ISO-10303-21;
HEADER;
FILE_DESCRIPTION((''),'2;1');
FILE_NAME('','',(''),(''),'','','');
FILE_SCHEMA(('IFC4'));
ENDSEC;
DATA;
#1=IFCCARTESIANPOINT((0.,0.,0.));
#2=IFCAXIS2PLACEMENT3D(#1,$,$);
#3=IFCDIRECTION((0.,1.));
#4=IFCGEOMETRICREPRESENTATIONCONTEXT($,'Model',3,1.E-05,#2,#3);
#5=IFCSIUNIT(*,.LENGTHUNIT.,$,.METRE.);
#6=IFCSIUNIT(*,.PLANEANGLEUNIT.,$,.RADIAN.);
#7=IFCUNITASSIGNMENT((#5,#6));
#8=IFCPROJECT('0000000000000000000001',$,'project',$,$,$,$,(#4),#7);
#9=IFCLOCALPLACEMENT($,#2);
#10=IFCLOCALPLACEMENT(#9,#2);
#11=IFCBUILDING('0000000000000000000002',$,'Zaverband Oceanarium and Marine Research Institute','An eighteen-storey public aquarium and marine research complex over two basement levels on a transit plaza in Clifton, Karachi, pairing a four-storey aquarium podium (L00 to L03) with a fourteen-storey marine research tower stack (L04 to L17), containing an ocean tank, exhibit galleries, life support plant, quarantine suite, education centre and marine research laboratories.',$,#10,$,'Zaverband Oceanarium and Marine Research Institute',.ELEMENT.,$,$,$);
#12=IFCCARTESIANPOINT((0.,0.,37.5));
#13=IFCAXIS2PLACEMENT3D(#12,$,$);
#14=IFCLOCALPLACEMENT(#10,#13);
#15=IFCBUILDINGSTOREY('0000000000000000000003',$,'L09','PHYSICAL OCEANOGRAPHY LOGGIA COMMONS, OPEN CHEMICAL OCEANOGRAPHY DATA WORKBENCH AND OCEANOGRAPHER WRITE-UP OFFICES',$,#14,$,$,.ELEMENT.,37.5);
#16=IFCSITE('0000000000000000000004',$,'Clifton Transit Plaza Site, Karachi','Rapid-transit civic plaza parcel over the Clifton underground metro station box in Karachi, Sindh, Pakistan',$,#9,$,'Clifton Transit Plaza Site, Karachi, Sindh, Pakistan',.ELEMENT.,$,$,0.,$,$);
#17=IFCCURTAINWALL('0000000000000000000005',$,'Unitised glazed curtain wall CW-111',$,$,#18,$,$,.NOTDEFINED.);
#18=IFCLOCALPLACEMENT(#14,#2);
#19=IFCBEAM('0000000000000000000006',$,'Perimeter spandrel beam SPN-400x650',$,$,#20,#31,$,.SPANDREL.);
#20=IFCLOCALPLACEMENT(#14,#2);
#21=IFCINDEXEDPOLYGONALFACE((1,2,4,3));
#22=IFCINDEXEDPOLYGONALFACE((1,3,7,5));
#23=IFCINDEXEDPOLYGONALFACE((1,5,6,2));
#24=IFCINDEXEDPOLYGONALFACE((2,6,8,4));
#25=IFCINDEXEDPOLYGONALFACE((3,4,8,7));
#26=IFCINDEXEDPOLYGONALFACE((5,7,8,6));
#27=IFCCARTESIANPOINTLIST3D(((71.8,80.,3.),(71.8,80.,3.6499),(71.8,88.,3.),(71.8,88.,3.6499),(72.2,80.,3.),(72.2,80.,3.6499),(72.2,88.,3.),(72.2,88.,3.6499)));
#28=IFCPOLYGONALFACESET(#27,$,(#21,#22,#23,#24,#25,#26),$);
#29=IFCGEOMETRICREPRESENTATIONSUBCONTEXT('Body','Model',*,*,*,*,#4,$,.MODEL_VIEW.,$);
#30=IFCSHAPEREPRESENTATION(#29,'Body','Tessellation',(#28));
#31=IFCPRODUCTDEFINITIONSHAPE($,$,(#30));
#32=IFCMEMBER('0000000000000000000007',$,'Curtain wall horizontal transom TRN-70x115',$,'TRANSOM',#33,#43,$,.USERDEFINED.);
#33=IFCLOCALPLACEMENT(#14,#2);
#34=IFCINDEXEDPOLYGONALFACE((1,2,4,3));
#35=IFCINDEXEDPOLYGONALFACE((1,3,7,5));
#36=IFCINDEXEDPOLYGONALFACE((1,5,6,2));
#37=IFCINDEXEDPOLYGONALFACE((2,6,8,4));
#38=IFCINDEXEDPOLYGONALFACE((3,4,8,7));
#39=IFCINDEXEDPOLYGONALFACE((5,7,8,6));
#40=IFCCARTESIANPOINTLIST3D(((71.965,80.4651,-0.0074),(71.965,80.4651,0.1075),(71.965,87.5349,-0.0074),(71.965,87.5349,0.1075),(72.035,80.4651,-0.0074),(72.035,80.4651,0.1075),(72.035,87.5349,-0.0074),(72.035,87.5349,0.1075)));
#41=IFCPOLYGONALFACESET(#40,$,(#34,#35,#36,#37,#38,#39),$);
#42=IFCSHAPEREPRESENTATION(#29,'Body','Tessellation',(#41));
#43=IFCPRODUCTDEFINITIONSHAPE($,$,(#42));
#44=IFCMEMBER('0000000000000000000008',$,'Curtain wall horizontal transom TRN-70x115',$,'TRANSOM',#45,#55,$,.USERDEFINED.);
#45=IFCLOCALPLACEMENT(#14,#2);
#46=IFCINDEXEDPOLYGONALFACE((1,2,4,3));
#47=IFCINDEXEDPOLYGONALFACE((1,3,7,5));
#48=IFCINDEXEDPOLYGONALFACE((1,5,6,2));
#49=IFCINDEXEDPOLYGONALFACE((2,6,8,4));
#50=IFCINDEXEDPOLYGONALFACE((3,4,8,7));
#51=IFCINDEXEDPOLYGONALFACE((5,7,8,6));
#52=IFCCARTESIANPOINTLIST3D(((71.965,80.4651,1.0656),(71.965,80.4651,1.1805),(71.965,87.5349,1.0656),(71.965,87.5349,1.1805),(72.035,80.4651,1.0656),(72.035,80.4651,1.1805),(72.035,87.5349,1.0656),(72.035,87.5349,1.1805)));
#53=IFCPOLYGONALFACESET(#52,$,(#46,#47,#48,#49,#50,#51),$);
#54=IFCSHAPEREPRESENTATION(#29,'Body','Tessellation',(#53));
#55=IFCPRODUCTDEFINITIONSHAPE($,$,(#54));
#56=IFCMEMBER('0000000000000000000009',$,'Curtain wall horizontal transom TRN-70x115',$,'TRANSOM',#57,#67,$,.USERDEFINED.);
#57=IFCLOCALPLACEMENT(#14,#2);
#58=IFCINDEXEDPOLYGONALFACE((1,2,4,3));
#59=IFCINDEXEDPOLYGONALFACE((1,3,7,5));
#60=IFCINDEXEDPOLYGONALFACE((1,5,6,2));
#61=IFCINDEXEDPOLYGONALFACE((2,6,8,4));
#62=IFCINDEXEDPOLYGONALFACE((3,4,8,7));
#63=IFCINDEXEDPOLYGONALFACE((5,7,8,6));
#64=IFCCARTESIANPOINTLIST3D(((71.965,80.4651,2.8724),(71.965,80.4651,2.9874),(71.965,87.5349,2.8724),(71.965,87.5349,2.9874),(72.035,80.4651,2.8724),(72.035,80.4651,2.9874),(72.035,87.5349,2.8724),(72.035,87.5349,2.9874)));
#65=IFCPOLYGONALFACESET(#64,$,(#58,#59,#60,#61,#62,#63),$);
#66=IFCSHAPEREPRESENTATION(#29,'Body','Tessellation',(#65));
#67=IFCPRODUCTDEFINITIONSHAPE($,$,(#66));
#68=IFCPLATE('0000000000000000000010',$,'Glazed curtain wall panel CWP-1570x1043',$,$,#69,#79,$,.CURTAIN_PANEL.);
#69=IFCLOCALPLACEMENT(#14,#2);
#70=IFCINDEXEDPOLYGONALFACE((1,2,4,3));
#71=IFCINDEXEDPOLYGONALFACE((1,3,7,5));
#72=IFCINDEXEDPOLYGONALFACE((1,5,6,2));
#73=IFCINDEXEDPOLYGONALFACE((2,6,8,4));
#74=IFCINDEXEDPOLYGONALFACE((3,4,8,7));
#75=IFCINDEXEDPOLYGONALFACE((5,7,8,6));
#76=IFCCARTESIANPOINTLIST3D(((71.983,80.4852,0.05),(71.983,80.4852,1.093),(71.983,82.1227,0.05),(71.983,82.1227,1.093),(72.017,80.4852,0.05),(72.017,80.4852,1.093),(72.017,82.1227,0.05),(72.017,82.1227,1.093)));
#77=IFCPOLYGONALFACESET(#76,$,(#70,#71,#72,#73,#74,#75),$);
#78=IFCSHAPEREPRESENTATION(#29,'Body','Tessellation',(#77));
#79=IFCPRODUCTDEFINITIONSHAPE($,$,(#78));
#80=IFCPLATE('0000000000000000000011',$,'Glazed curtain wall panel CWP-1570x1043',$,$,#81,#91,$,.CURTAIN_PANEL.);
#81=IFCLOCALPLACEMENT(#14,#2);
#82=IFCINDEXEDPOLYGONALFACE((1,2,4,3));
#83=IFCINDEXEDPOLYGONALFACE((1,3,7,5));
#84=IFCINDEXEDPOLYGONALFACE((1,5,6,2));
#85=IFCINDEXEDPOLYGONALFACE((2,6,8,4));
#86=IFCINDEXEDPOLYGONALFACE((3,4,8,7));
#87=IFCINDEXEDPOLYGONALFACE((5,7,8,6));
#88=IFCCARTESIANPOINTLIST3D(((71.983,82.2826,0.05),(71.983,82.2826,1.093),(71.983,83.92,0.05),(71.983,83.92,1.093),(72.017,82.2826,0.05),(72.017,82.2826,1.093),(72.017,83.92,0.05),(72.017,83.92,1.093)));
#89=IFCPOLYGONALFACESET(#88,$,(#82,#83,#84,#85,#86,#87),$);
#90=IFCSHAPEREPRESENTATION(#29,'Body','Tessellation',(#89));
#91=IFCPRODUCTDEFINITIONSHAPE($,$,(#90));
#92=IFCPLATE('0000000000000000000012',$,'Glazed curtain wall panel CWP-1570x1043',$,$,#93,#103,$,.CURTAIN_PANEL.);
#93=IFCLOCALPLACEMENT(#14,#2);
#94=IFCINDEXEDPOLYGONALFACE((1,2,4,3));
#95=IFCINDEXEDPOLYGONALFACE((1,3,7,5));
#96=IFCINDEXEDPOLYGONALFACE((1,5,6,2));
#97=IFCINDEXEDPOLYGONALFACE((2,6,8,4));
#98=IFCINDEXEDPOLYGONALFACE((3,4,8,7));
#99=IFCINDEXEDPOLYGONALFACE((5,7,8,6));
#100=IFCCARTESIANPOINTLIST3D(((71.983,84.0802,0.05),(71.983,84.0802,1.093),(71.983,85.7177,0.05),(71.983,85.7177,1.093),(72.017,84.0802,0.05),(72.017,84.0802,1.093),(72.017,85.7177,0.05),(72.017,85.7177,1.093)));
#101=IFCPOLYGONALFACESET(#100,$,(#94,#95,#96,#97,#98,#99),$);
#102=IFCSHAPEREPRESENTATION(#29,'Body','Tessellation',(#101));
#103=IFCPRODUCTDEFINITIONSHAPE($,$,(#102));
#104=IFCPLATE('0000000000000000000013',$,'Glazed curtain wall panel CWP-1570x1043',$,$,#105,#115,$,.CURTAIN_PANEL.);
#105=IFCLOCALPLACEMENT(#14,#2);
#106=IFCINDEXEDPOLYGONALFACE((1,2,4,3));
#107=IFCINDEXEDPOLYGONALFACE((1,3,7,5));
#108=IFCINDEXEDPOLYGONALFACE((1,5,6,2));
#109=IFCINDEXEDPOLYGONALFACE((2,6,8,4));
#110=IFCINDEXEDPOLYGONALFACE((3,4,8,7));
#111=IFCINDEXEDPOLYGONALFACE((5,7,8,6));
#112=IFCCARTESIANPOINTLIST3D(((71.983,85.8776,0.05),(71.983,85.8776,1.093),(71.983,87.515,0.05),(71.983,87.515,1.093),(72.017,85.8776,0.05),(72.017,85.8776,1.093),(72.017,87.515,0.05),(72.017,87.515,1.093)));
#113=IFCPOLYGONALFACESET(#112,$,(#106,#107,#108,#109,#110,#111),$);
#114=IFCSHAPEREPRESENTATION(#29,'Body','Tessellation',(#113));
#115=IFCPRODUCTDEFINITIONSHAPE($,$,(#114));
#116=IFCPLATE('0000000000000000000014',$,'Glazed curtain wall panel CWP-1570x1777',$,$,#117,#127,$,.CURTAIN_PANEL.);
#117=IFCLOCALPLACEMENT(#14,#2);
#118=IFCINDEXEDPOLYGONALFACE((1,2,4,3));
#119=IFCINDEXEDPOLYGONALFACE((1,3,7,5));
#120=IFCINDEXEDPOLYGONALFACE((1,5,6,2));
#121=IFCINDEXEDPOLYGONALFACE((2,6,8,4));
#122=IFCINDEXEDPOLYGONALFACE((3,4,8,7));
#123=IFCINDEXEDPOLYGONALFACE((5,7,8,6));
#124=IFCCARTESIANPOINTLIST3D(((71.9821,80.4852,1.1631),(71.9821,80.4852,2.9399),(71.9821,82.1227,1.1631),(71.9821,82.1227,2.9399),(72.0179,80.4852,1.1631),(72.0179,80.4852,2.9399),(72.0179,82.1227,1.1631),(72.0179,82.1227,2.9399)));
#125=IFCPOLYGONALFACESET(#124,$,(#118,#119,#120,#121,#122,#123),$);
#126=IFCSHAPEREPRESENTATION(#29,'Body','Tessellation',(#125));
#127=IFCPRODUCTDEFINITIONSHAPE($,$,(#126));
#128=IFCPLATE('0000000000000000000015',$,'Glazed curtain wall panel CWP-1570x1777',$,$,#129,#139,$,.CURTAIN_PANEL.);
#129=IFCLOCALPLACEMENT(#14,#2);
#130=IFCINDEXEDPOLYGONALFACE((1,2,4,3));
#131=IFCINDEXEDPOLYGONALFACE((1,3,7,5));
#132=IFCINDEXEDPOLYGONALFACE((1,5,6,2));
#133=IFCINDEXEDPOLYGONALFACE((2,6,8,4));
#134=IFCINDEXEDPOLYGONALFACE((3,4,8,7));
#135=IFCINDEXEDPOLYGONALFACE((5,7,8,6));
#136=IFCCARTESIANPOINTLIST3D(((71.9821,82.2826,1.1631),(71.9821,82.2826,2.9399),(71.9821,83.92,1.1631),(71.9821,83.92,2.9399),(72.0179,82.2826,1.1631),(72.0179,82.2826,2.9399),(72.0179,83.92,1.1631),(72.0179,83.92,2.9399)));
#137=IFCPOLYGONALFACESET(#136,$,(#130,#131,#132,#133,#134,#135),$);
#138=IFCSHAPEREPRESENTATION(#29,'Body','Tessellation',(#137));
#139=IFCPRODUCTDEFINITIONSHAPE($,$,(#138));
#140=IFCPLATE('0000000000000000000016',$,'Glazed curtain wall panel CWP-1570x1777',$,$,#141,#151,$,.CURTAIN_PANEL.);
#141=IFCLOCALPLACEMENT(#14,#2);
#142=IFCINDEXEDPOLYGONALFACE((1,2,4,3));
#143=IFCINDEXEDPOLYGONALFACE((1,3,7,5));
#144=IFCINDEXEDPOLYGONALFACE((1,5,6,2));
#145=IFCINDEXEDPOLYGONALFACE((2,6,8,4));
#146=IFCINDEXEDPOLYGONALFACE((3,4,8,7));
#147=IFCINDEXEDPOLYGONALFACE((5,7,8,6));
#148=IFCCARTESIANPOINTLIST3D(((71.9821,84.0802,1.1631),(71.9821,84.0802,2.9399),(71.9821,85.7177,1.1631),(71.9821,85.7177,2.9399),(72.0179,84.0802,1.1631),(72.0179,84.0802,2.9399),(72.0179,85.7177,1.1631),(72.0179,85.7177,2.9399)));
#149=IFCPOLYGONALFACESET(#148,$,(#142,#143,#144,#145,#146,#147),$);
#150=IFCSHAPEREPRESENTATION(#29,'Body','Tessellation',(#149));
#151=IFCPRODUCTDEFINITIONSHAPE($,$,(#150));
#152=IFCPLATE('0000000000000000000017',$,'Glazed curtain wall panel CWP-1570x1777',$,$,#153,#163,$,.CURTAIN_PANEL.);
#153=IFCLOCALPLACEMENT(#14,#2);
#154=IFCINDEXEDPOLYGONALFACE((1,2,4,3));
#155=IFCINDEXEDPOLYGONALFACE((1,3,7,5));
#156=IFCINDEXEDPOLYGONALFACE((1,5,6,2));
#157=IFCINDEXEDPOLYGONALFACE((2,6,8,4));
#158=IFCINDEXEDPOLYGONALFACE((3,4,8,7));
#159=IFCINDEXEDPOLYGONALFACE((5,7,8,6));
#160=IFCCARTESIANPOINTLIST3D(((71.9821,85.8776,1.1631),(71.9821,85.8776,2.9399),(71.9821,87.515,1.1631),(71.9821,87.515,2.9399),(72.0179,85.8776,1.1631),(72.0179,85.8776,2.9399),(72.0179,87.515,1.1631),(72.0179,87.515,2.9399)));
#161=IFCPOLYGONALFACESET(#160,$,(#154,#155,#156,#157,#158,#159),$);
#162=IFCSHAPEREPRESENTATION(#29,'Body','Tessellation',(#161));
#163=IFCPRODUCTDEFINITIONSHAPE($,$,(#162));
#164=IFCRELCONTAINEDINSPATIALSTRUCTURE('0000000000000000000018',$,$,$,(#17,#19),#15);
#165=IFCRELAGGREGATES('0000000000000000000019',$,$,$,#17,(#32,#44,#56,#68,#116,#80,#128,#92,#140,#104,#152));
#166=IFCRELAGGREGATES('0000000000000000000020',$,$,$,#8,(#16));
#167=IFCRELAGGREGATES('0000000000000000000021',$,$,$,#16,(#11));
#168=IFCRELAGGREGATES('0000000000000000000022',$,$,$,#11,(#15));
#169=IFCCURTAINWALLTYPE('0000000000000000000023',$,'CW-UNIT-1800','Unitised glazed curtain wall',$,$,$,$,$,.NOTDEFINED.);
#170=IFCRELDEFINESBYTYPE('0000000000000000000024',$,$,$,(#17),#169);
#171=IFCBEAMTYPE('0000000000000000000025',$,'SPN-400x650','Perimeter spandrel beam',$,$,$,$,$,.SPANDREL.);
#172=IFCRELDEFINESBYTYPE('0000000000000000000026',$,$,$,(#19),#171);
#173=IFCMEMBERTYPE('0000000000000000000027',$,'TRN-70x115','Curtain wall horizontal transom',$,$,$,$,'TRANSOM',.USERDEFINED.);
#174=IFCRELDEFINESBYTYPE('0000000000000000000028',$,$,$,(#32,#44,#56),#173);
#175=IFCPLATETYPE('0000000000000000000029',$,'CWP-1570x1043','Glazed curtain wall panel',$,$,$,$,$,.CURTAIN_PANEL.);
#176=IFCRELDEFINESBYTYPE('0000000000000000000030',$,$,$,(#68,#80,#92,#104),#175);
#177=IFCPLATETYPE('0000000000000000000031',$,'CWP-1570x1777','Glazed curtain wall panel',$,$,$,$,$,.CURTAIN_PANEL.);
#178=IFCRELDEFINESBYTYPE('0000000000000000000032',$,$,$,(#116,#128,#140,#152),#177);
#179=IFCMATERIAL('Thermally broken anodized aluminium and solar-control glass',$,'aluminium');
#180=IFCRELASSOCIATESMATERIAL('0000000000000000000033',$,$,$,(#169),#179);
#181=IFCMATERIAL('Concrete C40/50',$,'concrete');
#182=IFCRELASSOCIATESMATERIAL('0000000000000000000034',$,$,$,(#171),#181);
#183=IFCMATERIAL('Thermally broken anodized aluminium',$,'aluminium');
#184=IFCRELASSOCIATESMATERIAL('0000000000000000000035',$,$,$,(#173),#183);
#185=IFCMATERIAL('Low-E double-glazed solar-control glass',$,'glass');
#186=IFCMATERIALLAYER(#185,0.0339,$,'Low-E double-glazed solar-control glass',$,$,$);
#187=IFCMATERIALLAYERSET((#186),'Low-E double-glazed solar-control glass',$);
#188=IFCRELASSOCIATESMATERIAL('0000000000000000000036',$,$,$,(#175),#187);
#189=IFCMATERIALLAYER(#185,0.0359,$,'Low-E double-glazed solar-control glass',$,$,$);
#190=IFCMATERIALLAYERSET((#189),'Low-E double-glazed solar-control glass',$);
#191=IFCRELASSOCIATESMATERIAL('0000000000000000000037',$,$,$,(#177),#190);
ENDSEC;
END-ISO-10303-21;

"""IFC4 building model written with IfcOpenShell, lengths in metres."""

from ifc_helpers import new_model, si_unit, direction, frame, frame_2d, origin, origin_2d, place, context, subcontext, project, spatial, rectangle, extrude, material, layer, layer_set, material_profile, profile_set, type_object, element, aggregate, save


model = new_model("IFC4")

# Units and contexts
model_context = context("Model", 3, precision=1e-05, world=origin(), true_north=direction((0.0, 1.0)))
body_context = subcontext(model_context, "Body", "Model", "MODEL_VIEW")
ifc_project = project(units=[si_unit("LENGTHUNIT", "METRE"), si_unit("PLANEANGLEUNIT", "RADIAN")], contexts=[model_context])

# Site, building, storey
site_placement = place(None, origin())
site = spatial("IfcSite", under=ifc_project, at=site_placement, Name="Clifton Transit Plaza Site, Karachi", Description="Rapid-transit civic plaza parcel over the Clifton underground metro station box in Karachi, Sindh, Pakistan", LongName="Clifton Transit Plaza Site, Karachi, Sindh, Pakistan", CompositionType="ELEMENT", RefElevation=0.0)
building_placement = place(site_placement, origin())
building = spatial("IfcBuilding", under=site, at=building_placement, Name="Zaverband Oceanarium and Marine Research Institute", Description="An eighteen-storey public aquarium and marine research complex over two basement levels on a transit plaza in Clifton, Karachi, pairing a four-storey aquarium podium (L00 to L03) with a fourteen-storey marine research tower stack (L04 to L17), containing an ocean tank, exhibit galleries, life support plant, quarantine suite, education centre and marine research laboratories.", LongName="Zaverband Oceanarium and Marine Research Institute", CompositionType="ELEMENT")
storey_placement = place(building_placement, frame((0.0, 0.0, 37.5)))
storey = spatial("IfcBuildingStorey", under=building, at=storey_placement, Name="L09", Description="PHYSICAL OCEANOGRAPHY LOGGIA COMMONS, OPEN CHEMICAL OCEANOGRAPHY DATA WORKBENCH AND OCEANOGRAPHER WRITE-UP OFFICES", CompositionType="ELEMENT", Elevation=37.5)

# Shared definitions
ifc_material_1 = material(Name="Concrete C40/50", Category="concrete")

# Curtain wall
ifc_material_2 = material(Name="Thermally broken anodized aluminium and solar-control glass", Category="aluminium")
curtain_wall_type = type_object("IfcCurtainWallType", Name="CW-UNIT-1800", Description="Unitised glazed curtain wall", PredefinedType="NOTDEFINED", material=ifc_material_2)
curtain_wall_placement = place(storey_placement, origin())
curtain_wall = element("IfcCurtainWall", 1, at=curtain_wall_placement, inside=storey, type_object=curtain_wall_type, Name="Unitised glazed curtain wall CW-111", PredefinedType="NOTDEFINED")
ifc_material_3 = material(Name="Thermally broken anodized aluminium", Category="aluminium")

# Beam
ifc_material_profile_1 = material_profile(ifc_material_1, rectangle(XDim=0.3999, YDim=0.6499, at=origin_2d()), Name="RC400x650")
ifc_profile_set_1 = profile_set([ifc_material_profile_1], Name="Concrete C40/50")
beam_type_1 = type_object("IfcBeamType", Name="SPN-400x650", Description="Perimeter spandrel beam", PredefinedType="SPANDREL", material=ifc_profile_set_1)
for number, where, z_axis, x_axis, name in (
    (2, (72.0, 80.0, 3.325), (0.0, 1.0, 0.0), (-1.0, 0.0, 0.0), "Perimeter spandrel beam SPN-400x650"),
):
    element("IfcBeam", number, at=place(storey_placement, frame(where, z_axis=z_axis, x_axis=x_axis)), inside=storey, type_object=beam_type_1, Name=name, PredefinedType="SPANDREL", context=body_context, shape_type="SweptSolid", body=[
        extrude(rectangle(XDim=0.3999, YDim=0.6499, at=origin_2d()), origin(), (0.0, 0.0, 1.0), 8.0),
    ])

# Members
ifc_material_profile_2 = material_profile(ifc_material_3, rectangle(XDim=0.0701, YDim=0.115, at=origin_2d()), Name="AL-TRN-70x115")
ifc_profile_set_2 = profile_set([ifc_material_profile_2], Name="Thermally broken anodized aluminium")
member_type_1 = type_object("IfcMemberType", Name="TRN-70x115", Description="Curtain wall horizontal transom", ElementType="TRANSOM", PredefinedType="USERDEFINED", material=ifc_profile_set_2)
member_1_placement = place(storey_placement, frame((72.0, 80.4651, 0.05), z_axis=(0.0, 1.0, 0.0), x_axis=(-1.0, 0.0, 0.0)))
member_1 = element("IfcMember", 3, at=member_1_placement, type_object=member_type_1, Name="Curtain wall horizontal transom TRN-70x115", ObjectType="TRANSOM", PredefinedType="USERDEFINED", context=body_context, shape_type="SweptSolid", body=[
    extrude(rectangle(XDim=0.0701, YDim=0.115, at=origin_2d()), origin(), (0.0, 0.0, 1.0), 7.0698),
])
member_2_placement = place(storey_placement, frame((72.0, 80.4651, 1.123), z_axis=(0.0, 1.0, 0.0), x_axis=(-1.0, 0.0, 0.0)))
member_2 = element("IfcMember", 4, at=member_2_placement, type_object=member_type_1, Name="Curtain wall horizontal transom TRN-70x115", ObjectType="TRANSOM", PredefinedType="USERDEFINED", context=body_context, shape_type="SweptSolid", body=[
    extrude(rectangle(XDim=0.0701, YDim=0.115, at=origin_2d()), origin(), (0.0, 0.0, 1.0), 7.0698),
])
member_3_placement = place(storey_placement, frame((72.0, 80.4651, 2.9299), z_axis=(0.0, 1.0, 0.0), x_axis=(-1.0, 0.0, 0.0)))
member_3 = element("IfcMember", 5, at=member_3_placement, type_object=member_type_1, Name="Curtain wall horizontal transom TRN-70x115", ObjectType="TRANSOM", PredefinedType="USERDEFINED", context=body_context, shape_type="SweptSolid", body=[
    extrude(rectangle(XDim=0.0701, YDim=0.115, at=origin_2d()), origin(), (0.0, 0.0, 1.0), 7.0698),
])

# Plates
ifc_material_4 = material(Name="Low-E double-glazed solar-control glass", Category="glass")
ifc_layer_1 = layer(ifc_material_4, 0.0339, Name="Low-E double-glazed solar-control glass")
ifc_layer_set_1 = layer_set([ifc_layer_1], Name="Low-E double-glazed solar-control glass")
plate_type_1 = type_object("IfcPlateType", Name="CWP-1570x1043", Description="Glazed curtain wall panel", PredefinedType="CURTAIN_PANEL", material=ifc_layer_set_1)
plate_1_placement = place(storey_placement, frame((72.0, 80.4851, 0.05), z_axis=(0.0, 0.0, 1.0), x_axis=(0.0, 1.0, 0.0)))
plate_1 = element("IfcPlate", 6, at=plate_1_placement, type_object=plate_type_1, Name="Glazed curtain wall panel CWP-1570x1043", PredefinedType="CURTAIN_PANEL", context=body_context, shape_type="SweptSolid", body=[
    extrude(rectangle(XDim=1.6375, YDim=0.0339, at=frame_2d((0.8188, 0.0))), origin(), (0.0, 0.0, 1.0), 1.043),
])
plate_2_placement = place(storey_placement, frame((72.0, 82.2825, 0.05), z_axis=(0.0, 0.0, 1.0), x_axis=(0.0, 1.0, 0.0)))
plate_2 = element("IfcPlate", 7, at=plate_2_placement, type_object=plate_type_1, Name="Glazed curtain wall panel CWP-1570x1043", PredefinedType="CURTAIN_PANEL", context=body_context, shape_type="SweptSolid", body=[
    extrude(rectangle(XDim=1.6375, YDim=0.0339, at=frame_2d((0.8188, 0.0))), origin(), (0.0, 0.0, 1.0), 1.043),
])
plate_3_placement = place(storey_placement, frame((72.0, 84.0801, 0.05), z_axis=(0.0, 0.0, 1.0), x_axis=(0.0, 1.0, 0.0)))
plate_3 = element("IfcPlate", 8, at=plate_3_placement, type_object=plate_type_1, Name="Glazed curtain wall panel CWP-1570x1043", PredefinedType="CURTAIN_PANEL", context=body_context, shape_type="SweptSolid", body=[
    extrude(rectangle(XDim=1.6375, YDim=0.0339, at=frame_2d((0.8188, 0.0))), origin(), (0.0, 0.0, 1.0), 1.043),
])
plate_4_placement = place(storey_placement, frame((72.0, 85.8774, 0.05), z_axis=(0.0, 0.0, 1.0), x_axis=(0.0, 1.0, 0.0)))
plate_4 = element("IfcPlate", 9, at=plate_4_placement, type_object=plate_type_1, Name="Glazed curtain wall panel CWP-1570x1043", PredefinedType="CURTAIN_PANEL", context=body_context, shape_type="SweptSolid", body=[
    extrude(rectangle(XDim=1.6375, YDim=0.0339, at=frame_2d((0.8188, 0.0))), origin(), (0.0, 0.0, 1.0), 1.043),
])
ifc_layer_2 = layer(ifc_material_4, 0.0359, Name="Low-E double-glazed solar-control glass")
ifc_layer_set_2 = layer_set([ifc_layer_2], Name="Low-E double-glazed solar-control glass")
plate_type_2 = type_object("IfcPlateType", Name="CWP-1570x1777", Description="Glazed curtain wall panel", PredefinedType="CURTAIN_PANEL", material=ifc_layer_set_2)
plate_5_placement = place(storey_placement, frame((72.0, 80.4851, 1.1631), z_axis=(0.0, 0.0, 1.0), x_axis=(0.0, 1.0, 0.0)))
plate_5 = element("IfcPlate", 10, at=plate_5_placement, type_object=plate_type_2, Name="Glazed curtain wall panel CWP-1570x1777", PredefinedType="CURTAIN_PANEL", context=body_context, shape_type="SweptSolid", body=[
    extrude(rectangle(XDim=1.6375, YDim=0.0359, at=frame_2d((0.8188, 0.0))), origin(), (0.0, 0.0, 1.0), 1.7769),
])
plate_6_placement = place(storey_placement, frame((72.0, 82.2825, 1.1631), z_axis=(0.0, 0.0, 1.0), x_axis=(0.0, 1.0, 0.0)))
plate_6 = element("IfcPlate", 11, at=plate_6_placement, type_object=plate_type_2, Name="Glazed curtain wall panel CWP-1570x1777", PredefinedType="CURTAIN_PANEL", context=body_context, shape_type="SweptSolid", body=[
    extrude(rectangle(XDim=1.6375, YDim=0.0359, at=frame_2d((0.8188, 0.0))), origin(), (0.0, 0.0, 1.0), 1.7769),
])
plate_7_placement = place(storey_placement, frame((72.0, 84.0801, 1.1631), z_axis=(0.0, 0.0, 1.0), x_axis=(0.0, 1.0, 0.0)))
plate_7 = element("IfcPlate", 12, at=plate_7_placement, type_object=plate_type_2, Name="Glazed curtain wall panel CWP-1570x1777", PredefinedType="CURTAIN_PANEL", context=body_context, shape_type="SweptSolid", body=[
    extrude(rectangle(XDim=1.6375, YDim=0.0359, at=frame_2d((0.8188, 0.0))), origin(), (0.0, 0.0, 1.0), 1.7769),
])
plate_8_placement = place(storey_placement, frame((72.0, 85.8774, 1.1631), z_axis=(0.0, 0.0, 1.0), x_axis=(0.0, 1.0, 0.0)))
plate_8 = element("IfcPlate", 13, at=plate_8_placement, type_object=plate_type_2, Name="Glazed curtain wall panel CWP-1570x1777", PredefinedType="CURTAIN_PANEL", context=body_context, shape_type="SweptSolid", body=[
    extrude(rectangle(XDim=1.6375, YDim=0.0359, at=frame_2d((0.8188, 0.0))), origin(), (0.0, 0.0, 1.0), 1.7769),
])
aggregate(curtain_wall, [member_1, member_2, member_3, plate_1, plate_5, plate_2, plate_6, plate_3, plate_7, plate_4, plate_8])

save(model, "model.ifc")
